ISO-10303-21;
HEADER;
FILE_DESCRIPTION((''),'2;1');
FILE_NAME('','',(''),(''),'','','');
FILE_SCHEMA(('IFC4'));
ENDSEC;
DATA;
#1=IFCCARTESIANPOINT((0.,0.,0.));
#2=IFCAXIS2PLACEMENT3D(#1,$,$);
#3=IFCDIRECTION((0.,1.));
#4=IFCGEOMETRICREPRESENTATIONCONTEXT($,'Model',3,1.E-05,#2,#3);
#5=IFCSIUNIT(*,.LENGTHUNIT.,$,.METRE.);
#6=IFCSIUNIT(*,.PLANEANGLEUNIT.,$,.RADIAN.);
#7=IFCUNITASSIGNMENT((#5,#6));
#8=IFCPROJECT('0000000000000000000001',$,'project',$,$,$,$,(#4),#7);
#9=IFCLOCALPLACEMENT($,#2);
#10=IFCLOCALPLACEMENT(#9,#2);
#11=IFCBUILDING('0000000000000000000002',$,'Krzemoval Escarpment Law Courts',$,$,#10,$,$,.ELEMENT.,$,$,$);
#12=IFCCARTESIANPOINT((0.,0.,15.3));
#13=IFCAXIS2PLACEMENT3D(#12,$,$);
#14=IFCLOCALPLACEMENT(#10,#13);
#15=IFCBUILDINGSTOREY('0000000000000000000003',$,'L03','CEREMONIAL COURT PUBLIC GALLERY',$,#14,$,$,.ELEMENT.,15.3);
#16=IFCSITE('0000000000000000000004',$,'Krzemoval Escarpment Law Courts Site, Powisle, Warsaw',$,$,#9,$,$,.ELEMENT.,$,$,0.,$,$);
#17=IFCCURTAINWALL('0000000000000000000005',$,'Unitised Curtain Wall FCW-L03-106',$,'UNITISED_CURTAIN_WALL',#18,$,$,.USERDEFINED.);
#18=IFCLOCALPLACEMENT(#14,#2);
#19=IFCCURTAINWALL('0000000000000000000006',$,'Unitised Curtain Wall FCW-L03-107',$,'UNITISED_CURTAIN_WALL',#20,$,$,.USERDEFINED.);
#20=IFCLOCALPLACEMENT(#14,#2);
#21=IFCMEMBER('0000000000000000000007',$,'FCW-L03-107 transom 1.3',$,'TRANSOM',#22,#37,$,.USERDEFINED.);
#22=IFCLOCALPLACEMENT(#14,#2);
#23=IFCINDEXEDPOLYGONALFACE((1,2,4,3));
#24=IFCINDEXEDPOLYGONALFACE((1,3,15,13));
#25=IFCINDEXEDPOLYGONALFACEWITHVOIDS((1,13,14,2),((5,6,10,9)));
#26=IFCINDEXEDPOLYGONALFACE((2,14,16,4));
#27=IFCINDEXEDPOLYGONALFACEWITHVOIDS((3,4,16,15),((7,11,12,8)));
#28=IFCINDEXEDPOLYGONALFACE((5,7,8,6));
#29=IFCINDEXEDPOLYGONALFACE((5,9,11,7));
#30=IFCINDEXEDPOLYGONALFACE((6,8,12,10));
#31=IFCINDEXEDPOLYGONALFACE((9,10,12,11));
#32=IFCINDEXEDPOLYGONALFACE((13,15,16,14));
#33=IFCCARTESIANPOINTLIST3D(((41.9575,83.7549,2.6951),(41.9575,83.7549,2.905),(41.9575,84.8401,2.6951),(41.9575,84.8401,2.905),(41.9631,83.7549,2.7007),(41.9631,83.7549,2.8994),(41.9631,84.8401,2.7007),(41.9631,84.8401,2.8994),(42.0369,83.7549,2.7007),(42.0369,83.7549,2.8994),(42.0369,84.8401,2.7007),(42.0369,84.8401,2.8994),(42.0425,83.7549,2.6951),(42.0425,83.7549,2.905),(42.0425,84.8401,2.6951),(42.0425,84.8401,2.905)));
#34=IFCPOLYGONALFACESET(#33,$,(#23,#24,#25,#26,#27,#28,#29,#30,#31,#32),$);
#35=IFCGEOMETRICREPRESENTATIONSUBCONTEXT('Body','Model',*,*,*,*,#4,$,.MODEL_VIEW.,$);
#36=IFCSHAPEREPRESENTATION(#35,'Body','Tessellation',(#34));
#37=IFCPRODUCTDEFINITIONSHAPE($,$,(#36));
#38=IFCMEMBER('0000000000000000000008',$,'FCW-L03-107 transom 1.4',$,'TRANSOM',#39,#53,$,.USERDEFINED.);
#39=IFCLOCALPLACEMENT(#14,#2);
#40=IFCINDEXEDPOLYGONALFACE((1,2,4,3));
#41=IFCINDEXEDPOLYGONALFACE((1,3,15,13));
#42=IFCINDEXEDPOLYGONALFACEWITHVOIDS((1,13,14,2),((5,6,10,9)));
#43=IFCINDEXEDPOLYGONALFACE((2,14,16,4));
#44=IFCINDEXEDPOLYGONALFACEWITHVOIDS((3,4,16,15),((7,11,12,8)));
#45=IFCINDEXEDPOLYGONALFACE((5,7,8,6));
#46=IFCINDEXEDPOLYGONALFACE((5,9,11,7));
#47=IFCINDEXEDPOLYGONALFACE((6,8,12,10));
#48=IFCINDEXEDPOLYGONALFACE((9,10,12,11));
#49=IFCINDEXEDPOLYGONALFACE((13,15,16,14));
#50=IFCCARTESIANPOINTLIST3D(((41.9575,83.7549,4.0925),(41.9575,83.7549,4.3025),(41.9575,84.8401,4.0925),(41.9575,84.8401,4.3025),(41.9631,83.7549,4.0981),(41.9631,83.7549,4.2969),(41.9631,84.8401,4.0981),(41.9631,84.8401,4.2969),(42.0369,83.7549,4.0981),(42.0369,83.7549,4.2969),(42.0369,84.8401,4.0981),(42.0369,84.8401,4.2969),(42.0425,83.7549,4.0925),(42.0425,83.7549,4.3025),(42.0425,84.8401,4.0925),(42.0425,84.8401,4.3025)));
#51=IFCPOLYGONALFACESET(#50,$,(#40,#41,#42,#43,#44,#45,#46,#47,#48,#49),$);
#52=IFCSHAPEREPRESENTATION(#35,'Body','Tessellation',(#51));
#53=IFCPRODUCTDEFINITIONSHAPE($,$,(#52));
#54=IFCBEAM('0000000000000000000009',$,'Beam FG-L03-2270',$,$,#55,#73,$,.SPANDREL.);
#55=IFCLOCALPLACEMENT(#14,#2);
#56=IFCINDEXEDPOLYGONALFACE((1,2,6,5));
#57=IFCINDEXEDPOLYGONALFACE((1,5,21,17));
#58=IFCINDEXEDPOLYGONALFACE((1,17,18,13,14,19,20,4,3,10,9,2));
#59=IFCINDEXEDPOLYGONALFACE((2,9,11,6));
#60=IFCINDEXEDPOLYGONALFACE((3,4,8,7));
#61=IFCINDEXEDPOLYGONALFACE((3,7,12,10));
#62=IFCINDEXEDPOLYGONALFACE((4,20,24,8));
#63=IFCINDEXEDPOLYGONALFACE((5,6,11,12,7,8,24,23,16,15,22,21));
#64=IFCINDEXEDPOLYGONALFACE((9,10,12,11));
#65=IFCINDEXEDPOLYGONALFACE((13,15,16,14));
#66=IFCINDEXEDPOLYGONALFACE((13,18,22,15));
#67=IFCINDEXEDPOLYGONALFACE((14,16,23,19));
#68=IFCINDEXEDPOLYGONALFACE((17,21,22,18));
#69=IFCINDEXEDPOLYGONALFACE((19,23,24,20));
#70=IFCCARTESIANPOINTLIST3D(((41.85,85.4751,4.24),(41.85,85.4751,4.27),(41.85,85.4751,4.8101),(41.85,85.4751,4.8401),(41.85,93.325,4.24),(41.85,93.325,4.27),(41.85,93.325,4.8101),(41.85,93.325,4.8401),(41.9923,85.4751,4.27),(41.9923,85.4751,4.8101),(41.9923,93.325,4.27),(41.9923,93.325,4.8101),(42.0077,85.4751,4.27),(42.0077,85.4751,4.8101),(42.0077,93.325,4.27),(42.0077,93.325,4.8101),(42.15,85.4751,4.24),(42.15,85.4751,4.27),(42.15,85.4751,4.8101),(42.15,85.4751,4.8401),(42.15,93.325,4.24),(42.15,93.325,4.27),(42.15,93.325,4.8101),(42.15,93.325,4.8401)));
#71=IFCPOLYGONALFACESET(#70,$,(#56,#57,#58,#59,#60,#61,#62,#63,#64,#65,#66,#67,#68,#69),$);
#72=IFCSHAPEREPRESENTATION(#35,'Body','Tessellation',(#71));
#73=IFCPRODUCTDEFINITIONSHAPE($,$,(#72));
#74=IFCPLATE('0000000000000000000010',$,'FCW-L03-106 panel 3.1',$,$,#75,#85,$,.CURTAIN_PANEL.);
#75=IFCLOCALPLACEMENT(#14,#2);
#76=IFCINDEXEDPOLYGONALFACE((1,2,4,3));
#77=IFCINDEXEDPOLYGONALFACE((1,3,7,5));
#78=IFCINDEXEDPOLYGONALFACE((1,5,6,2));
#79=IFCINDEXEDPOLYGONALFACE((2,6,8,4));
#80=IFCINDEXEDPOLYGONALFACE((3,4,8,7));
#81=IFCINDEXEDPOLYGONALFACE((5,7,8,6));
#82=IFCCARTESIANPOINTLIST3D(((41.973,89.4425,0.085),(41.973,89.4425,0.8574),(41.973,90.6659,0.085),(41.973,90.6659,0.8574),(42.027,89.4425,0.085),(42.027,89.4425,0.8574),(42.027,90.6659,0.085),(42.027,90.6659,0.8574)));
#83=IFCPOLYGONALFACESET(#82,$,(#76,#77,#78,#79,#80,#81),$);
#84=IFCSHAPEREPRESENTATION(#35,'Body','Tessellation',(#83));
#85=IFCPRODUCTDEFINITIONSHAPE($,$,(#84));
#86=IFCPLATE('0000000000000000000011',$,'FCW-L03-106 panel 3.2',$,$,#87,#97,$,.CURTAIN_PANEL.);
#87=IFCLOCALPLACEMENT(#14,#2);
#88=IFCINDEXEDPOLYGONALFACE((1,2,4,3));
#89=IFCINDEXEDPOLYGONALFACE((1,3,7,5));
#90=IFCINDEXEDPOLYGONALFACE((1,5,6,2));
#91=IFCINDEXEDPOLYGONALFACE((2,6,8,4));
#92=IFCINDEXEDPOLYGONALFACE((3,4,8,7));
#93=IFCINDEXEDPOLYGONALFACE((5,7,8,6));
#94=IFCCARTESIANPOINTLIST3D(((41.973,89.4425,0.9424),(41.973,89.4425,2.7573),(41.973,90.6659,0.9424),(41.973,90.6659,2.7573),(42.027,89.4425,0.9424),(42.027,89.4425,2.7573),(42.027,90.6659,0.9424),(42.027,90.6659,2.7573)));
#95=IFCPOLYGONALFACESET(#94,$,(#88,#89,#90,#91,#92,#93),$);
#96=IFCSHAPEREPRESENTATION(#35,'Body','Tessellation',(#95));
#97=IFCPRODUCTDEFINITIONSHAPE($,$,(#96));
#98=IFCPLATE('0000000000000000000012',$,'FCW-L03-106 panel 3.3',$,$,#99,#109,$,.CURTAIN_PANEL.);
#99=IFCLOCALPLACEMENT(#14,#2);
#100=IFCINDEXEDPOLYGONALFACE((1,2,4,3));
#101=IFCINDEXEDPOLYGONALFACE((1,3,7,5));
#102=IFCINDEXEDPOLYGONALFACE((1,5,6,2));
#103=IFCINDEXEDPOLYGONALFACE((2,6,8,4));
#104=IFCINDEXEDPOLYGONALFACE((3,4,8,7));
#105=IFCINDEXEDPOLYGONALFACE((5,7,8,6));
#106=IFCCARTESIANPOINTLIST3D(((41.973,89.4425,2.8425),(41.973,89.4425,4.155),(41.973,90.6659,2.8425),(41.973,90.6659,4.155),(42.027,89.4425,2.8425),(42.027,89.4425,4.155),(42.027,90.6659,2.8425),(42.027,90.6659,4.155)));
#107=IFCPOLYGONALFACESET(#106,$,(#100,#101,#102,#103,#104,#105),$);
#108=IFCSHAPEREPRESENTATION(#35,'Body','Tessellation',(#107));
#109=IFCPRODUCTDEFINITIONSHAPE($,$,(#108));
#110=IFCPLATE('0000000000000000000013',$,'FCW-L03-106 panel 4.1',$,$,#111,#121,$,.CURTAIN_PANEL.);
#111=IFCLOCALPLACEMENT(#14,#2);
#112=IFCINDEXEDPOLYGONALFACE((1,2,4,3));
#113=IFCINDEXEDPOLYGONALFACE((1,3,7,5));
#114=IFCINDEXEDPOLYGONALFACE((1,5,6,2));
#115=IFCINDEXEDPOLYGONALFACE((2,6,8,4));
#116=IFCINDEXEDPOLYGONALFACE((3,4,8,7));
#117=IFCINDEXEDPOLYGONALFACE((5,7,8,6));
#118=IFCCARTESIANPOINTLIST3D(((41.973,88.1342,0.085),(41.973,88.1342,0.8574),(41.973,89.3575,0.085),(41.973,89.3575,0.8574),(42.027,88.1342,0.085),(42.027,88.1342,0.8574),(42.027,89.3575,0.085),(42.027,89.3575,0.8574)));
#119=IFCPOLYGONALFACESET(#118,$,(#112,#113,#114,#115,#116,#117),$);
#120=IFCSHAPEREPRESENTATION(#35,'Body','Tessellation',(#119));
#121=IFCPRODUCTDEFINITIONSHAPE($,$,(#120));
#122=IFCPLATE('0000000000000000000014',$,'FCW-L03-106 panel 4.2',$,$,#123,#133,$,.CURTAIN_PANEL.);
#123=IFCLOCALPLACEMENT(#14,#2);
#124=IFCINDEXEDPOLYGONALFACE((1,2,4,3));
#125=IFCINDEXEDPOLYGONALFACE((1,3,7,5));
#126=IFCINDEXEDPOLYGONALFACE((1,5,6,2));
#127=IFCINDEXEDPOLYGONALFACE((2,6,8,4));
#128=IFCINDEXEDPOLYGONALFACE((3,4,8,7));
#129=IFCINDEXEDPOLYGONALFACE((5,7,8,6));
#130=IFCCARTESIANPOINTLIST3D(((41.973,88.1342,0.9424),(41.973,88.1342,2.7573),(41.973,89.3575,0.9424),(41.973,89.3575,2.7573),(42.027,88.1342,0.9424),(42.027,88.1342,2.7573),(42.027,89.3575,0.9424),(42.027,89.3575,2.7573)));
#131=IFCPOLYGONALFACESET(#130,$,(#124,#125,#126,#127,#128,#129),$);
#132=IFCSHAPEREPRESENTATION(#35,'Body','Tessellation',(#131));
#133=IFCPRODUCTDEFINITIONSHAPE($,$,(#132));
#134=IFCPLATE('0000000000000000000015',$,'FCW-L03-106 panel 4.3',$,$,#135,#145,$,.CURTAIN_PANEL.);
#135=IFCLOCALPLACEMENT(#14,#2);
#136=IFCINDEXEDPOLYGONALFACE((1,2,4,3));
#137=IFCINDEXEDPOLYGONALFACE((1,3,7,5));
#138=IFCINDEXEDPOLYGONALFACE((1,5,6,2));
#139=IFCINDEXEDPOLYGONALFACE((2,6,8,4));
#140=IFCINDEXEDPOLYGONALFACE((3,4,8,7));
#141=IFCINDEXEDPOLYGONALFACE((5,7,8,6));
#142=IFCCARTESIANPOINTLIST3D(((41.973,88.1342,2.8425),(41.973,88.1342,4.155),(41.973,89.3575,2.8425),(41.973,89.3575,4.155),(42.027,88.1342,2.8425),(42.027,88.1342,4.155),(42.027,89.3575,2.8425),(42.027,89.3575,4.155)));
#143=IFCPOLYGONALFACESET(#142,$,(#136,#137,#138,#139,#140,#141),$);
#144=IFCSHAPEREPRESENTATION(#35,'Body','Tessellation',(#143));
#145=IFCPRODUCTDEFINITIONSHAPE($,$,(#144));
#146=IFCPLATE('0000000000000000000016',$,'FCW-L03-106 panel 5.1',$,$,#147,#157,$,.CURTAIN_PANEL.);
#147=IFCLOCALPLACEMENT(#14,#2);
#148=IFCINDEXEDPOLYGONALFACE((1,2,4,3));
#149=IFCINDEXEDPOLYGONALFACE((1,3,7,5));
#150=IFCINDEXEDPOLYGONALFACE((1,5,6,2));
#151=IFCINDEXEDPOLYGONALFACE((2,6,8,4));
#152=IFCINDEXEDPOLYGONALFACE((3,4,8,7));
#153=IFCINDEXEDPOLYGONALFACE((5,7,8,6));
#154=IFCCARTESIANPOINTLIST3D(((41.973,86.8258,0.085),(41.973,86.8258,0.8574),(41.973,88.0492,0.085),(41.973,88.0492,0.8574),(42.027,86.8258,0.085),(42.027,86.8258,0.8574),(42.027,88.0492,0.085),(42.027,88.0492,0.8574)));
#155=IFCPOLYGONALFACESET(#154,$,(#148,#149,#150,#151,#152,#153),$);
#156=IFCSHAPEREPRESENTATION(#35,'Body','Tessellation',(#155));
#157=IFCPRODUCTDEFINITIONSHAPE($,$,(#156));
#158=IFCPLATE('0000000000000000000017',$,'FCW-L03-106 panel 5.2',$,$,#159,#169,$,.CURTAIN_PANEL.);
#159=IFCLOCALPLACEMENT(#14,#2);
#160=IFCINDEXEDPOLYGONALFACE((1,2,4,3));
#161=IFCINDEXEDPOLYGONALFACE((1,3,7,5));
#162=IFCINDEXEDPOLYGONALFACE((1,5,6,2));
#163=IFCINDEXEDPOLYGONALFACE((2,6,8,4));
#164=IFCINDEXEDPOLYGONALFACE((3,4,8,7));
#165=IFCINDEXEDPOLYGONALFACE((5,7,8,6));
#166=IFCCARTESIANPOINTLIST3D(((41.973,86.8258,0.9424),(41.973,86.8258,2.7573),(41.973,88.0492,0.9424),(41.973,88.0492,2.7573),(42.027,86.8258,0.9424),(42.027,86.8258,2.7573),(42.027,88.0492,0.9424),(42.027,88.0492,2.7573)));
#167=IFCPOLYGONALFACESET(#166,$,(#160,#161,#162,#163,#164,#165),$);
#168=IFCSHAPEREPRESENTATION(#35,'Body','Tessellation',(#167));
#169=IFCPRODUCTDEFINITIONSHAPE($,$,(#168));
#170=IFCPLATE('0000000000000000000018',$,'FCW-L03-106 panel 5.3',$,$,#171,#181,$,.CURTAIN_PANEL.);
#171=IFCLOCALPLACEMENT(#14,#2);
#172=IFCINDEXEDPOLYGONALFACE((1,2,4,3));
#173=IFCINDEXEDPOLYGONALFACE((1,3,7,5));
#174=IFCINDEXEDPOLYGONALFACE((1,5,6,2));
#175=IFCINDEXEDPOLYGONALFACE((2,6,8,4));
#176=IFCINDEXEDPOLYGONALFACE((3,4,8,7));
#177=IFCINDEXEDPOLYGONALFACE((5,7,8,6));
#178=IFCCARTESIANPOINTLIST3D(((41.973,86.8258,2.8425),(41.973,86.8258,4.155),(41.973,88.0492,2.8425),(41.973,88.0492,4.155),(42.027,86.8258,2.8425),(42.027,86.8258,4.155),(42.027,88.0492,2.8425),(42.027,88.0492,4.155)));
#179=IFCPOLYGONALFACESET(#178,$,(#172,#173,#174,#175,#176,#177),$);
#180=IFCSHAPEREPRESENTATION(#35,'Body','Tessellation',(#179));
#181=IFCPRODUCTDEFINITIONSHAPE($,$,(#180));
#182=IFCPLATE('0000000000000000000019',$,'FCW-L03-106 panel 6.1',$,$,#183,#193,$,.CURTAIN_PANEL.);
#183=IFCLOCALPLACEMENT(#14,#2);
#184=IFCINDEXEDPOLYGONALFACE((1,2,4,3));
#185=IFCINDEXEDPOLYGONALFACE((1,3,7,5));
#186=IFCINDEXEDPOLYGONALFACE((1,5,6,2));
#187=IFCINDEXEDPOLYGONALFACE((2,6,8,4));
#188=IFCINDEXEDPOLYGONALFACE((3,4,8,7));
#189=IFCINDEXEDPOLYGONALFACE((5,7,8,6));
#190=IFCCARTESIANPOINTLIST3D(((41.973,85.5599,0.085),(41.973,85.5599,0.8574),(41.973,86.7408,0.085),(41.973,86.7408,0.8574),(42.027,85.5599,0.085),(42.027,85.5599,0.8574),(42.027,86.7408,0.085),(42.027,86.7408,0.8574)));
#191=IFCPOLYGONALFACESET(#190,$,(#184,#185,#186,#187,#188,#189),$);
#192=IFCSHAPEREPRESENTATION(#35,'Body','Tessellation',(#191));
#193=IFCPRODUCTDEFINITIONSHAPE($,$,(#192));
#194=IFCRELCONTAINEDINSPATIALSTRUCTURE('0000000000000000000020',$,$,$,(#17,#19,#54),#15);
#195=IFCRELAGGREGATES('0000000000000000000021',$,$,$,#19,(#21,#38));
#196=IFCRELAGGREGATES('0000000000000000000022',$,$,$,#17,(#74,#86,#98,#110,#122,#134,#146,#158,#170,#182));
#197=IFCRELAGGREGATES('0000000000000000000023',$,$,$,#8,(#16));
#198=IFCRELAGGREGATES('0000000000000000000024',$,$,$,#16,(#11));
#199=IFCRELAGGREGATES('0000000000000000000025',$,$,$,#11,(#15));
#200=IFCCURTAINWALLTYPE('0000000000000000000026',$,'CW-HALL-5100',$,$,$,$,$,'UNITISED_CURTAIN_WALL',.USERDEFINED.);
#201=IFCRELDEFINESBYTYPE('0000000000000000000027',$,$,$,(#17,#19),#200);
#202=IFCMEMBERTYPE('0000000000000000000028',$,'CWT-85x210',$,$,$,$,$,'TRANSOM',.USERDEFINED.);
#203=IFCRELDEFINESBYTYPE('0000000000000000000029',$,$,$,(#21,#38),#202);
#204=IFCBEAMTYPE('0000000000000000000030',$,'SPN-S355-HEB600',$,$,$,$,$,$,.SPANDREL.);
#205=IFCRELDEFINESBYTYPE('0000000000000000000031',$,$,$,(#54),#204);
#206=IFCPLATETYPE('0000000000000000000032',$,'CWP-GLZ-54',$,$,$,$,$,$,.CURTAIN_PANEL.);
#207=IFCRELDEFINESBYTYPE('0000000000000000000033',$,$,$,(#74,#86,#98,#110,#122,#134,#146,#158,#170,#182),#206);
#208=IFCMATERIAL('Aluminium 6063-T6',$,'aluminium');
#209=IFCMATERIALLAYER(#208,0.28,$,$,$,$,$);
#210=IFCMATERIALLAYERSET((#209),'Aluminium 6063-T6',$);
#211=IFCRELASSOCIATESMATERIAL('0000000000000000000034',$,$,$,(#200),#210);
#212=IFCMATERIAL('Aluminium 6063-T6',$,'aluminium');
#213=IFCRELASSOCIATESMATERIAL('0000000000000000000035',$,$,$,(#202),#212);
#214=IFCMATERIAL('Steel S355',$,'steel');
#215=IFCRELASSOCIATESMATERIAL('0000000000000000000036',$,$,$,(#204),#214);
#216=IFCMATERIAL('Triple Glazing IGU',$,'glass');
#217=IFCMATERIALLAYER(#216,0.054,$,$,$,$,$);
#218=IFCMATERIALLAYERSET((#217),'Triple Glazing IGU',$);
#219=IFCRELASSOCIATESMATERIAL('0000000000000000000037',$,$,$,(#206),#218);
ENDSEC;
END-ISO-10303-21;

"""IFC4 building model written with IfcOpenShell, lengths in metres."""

from ifc_helpers import new_model, si_unit, direction, frame, origin, origin_2d, place, context, subcontext, project, spatial, rectangle, hollow_rectangle, i_section, extrude, material, layer, layer_set, material_profile, profile_set, type_object, element, aggregate, save


model = new_model("IFC4")

# Units and contexts
model_context = context("Model", 3, precision=1e-05, world=origin(), true_north=direction((0.0, 1.0)))
body_context = subcontext(model_context, "Body", "Model", "MODEL_VIEW")
ifc_project = project(units=[si_unit("LENGTHUNIT", "METRE"), si_unit("PLANEANGLEUNIT", "RADIAN")], contexts=[model_context])

# Site, building, storey
site_placement = place(None, origin())
site = spatial("IfcSite", under=ifc_project, at=site_placement, Name="Krzemoval Escarpment Law Courts Site, Powisle, Warsaw", CompositionType="ELEMENT", RefElevation=0.0)
building_placement = place(site_placement, origin())
building = spatial("IfcBuilding", under=site, at=building_placement, Name="Krzemoval Escarpment Law Courts", CompositionType="ELEMENT")
storey_placement = place(building_placement, frame((0.0, 0.0, 15.3)))
storey = spatial("IfcBuildingStorey", under=building, at=storey_placement, Name="L03", Description="CEREMONIAL COURT PUBLIC GALLERY", CompositionType="ELEMENT", Elevation=15.3)

# Curtain wall
ifc_material_1 = material(Name="Aluminium 6063-T6", Category="aluminium")
ifc_layer_1 = layer(ifc_material_1, 0.28)
ifc_layer_set_1 = layer_set([ifc_layer_1], Name="Aluminium 6063-T6")
curtain_wall_type = type_object("IfcCurtainWallType", Name="CW-HALL-5100", ElementType="UNITISED_CURTAIN_WALL", PredefinedType="USERDEFINED", material=ifc_layer_set_1)
curtain_wall_1_placement = place(storey_placement, origin())
curtain_wall_1 = element("IfcCurtainWall", 1, at=curtain_wall_1_placement, inside=storey, type_object=curtain_wall_type, Name="Unitised Curtain Wall FCW-L03-106", ObjectType="UNITISED_CURTAIN_WALL", PredefinedType="USERDEFINED")

# Curtain wall
curtain_wall_2_placement = place(storey_placement, origin())
curtain_wall_2 = element("IfcCurtainWall", 2, at=curtain_wall_2_placement, inside=storey, type_object=curtain_wall_type, Name="Unitised Curtain Wall FCW-L03-107", ObjectType="UNITISED_CURTAIN_WALL", PredefinedType="USERDEFINED")

# Members
ifc_material_2 = material(Name="Aluminium 6063-T6", Category="aluminium")
ifc_material_profile_1 = material_profile(ifc_material_2, hollow_rectangle(XDim=0.085, YDim=0.21, WallThickness=0.0056, at=origin_2d()), Name="ALU T85x210")
ifc_profile_set_1 = profile_set([ifc_material_profile_1], Name="Aluminium 6063-T6")
member_type_1 = type_object("IfcMemberType", Name="CWT-85x210", ElementType="TRANSOM", PredefinedType="USERDEFINED", material=ifc_profile_set_1)
member_1_placement = place(storey_placement, frame((42.0, 84.8401, 2.8), z_axis=(0.0, -1.0, 0.0), x_axis=(1.0, 0.0, 0.0)))
member_1 = element("IfcMember", 3, at=member_1_placement, type_object=member_type_1, Name="FCW-L03-107 transom 1.3", ObjectType="TRANSOM", PredefinedType="USERDEFINED", context=body_context, shape_type="SweptSolid", body=[
    extrude(hollow_rectangle(XDim=0.085, YDim=0.21, WallThickness=0.0056, at=origin_2d()), origin(), (0.0, 0.0, 1.0), 1.0852),
])
member_2_placement = place(storey_placement, frame((42.0, 84.8401, 4.1975), z_axis=(0.0, -1.0, 0.0), x_axis=(1.0, 0.0, 0.0)))
member_2 = element("IfcMember", 4, at=member_2_placement, type_object=member_type_1, Name="FCW-L03-107 transom 1.4", ObjectType="TRANSOM", PredefinedType="USERDEFINED", context=body_context, shape_type="SweptSolid", body=[
    extrude(hollow_rectangle(XDim=0.085, YDim=0.21, WallThickness=0.0056, at=origin_2d()), origin(), (0.0, 0.0, 1.0), 1.0852),
])
aggregate(curtain_wall_2, [member_1, member_2])

# Beam
ifc_material_3 = material(Name="Steel S355", Category="steel")
ifc_material_profile_2 = material_profile(ifc_material_3, i_section(OverallWidth=0.3, OverallDepth=0.6001, WebThickness=0.0154, FlangeThickness=0.03, at=origin_2d()), Name="HEB 600")
ifc_profile_set_2 = profile_set([ifc_material_profile_2], Name="Steel S355")
beam_type = type_object("IfcBeamType", Name="SPN-S355-HEB600", PredefinedType="SPANDREL", material=ifc_profile_set_2)
beam_placement = place(storey_placement, frame((42.0, 85.4751, 4.54), z_axis=(0.0, 1.0, 0.0), x_axis=(-1.0, 0.0, 0.0)))
element("IfcBeam", 5, at=beam_placement, inside=storey, type_object=beam_type, Name="Beam FG-L03-2270", PredefinedType="SPANDREL", context=body_context, shape_type="SweptSolid", body=[
    extrude(i_section(OverallWidth=0.3, OverallDepth=0.6001, WebThickness=0.0154, FlangeThickness=0.03, at=origin_2d()), origin(), (0.0, 0.0, 1.0), 7.8499),
])

# Plates
ifc_material_4 = material(Name="Triple Glazing IGU", Category="glass")
ifc_layer_2 = layer(ifc_material_4, 0.054)
ifc_layer_set_2 = layer_set([ifc_layer_2], Name="Triple Glazing IGU")
plate_type = type_object("IfcPlateType", Name="CWP-GLZ-54", PredefinedType="CURTAIN_PANEL", material=ifc_layer_set_2)
plate_1_placement = place(storey_placement, frame((42.0, 90.0542, 0.085), z_axis=(0.0, 0.0, 1.0), x_axis=(0.0, -1.0, 0.0)))
plate_1 = element("IfcPlate", 6, at=plate_1_placement, type_object=plate_type, Name="FCW-L03-106 panel 3.1", PredefinedType="CURTAIN_PANEL", context=body_context, shape_type="SweptSolid", body=[
    extrude(rectangle(XDim=1.2234, YDim=0.054, at=origin_2d()), origin(), (0.0, 0.0, 1.0), 0.7725),
])
plate_2_placement = place(storey_placement, frame((42.0, 90.0542, 0.9424), z_axis=(0.0, 0.0, 1.0), x_axis=(0.0, -1.0, 0.0)))
plate_2 = element("IfcPlate", 7, at=plate_2_placement, type_object=plate_type, Name="FCW-L03-106 panel 3.2", PredefinedType="CURTAIN_PANEL", context=body_context, shape_type="SweptSolid", body=[
    extrude(rectangle(XDim=1.2234, YDim=0.054, at=origin_2d()), origin(), (0.0, 0.0, 1.0), 1.8149),
])
plate_3_placement = place(storey_placement, frame((42.0, 90.0542, 2.8425), z_axis=(0.0, 0.0, 1.0), x_axis=(0.0, -1.0, 0.0)))
plate_3 = element("IfcPlate", 8, at=plate_3_placement, type_object=plate_type, Name="FCW-L03-106 panel 3.3", PredefinedType="CURTAIN_PANEL", context=body_context, shape_type="SweptSolid", body=[
    extrude(rectangle(XDim=1.2234, YDim=0.054, at=origin_2d()), origin(), (0.0, 0.0, 1.0), 1.3125),
])
plate_4_placement = place(storey_placement, frame((42.0, 88.7458, 0.085), z_axis=(0.0, 0.0, 1.0), x_axis=(0.0, -1.0, 0.0)))
plate_4 = element("IfcPlate", 9, at=plate_4_placement, type_object=plate_type, Name="FCW-L03-106 panel 4.1", PredefinedType="CURTAIN_PANEL", context=body_context, shape_type="SweptSolid", body=[
    extrude(rectangle(XDim=1.2234, YDim=0.054, at=origin_2d()), origin(), (0.0, 0.0, 1.0), 0.7725),
])
plate_5_placement = place(storey_placement, frame((42.0, 88.7458, 0.9424), z_axis=(0.0, 0.0, 1.0), x_axis=(0.0, -1.0, 0.0)))
plate_5 = element("IfcPlate", 10, at=plate_5_placement, type_object=plate_type, Name="FCW-L03-106 panel 4.2", PredefinedType="CURTAIN_PANEL", context=body_context, shape_type="SweptSolid", body=[
    extrude(rectangle(XDim=1.2234, YDim=0.054, at=origin_2d()), origin(), (0.0, 0.0, 1.0), 1.8149),
])
plate_6_placement = place(storey_placement, frame((42.0, 88.7458, 2.8425), z_axis=(0.0, 0.0, 1.0), x_axis=(0.0, -1.0, 0.0)))
plate_6 = element("IfcPlate", 11, at=plate_6_placement, type_object=plate_type, Name="FCW-L03-106 panel 4.3", PredefinedType="CURTAIN_PANEL", context=body_context, shape_type="SweptSolid", body=[
    extrude(rectangle(XDim=1.2234, YDim=0.054, at=origin_2d()), origin(), (0.0, 0.0, 1.0), 1.3125),
])
plate_7_placement = place(storey_placement, frame((42.0, 87.4375, 0.085), z_axis=(0.0, 0.0, 1.0), x_axis=(0.0, -1.0, 0.0)))
plate_7 = element("IfcPlate", 12, at=plate_7_placement, type_object=plate_type, Name="FCW-L03-106 panel 5.1", PredefinedType="CURTAIN_PANEL", context=body_context, shape_type="SweptSolid", body=[
    extrude(rectangle(XDim=1.2234, YDim=0.054, at=origin_2d()), origin(), (0.0, 0.0, 1.0), 0.7725),
])
plate_8_placement = place(storey_placement, frame((42.0, 87.4375, 0.9424), z_axis=(0.0, 0.0, 1.0), x_axis=(0.0, -1.0, 0.0)))
plate_8 = element("IfcPlate", 13, at=plate_8_placement, type_object=plate_type, Name="FCW-L03-106 panel 5.2", PredefinedType="CURTAIN_PANEL", context=body_context, shape_type="SweptSolid", body=[
    extrude(rectangle(XDim=1.2234, YDim=0.054, at=origin_2d()), origin(), (0.0, 0.0, 1.0), 1.8149),
])
plate_9_placement = place(storey_placement, frame((42.0, 87.4375, 2.8425), z_axis=(0.0, 0.0, 1.0), x_axis=(0.0, -1.0, 0.0)))
plate_9 = element("IfcPlate", 14, at=plate_9_placement, type_object=plate_type, Name="FCW-L03-106 panel 5.3", PredefinedType="CURTAIN_PANEL", context=body_context, shape_type="SweptSolid", body=[
    extrude(rectangle(XDim=1.2234, YDim=0.054, at=origin_2d()), origin(), (0.0, 0.0, 1.0), 1.3125),
])
plate_10_placement = place(storey_placement, frame((42.0, 86.1504, 0.085), z_axis=(0.0, 0.0, 1.0), x_axis=(0.0, -1.0, 0.0)))
plate_10 = element("IfcPlate", 15, at=plate_10_placement, type_object=plate_type, Name="FCW-L03-106 panel 6.1", PredefinedType="CURTAIN_PANEL", context=body_context, shape_type="SweptSolid", body=[
    extrude(rectangle(XDim=1.1809, YDim=0.054, at=origin_2d()), origin(), (0.0, 0.0, 1.0), 0.7725),
])
aggregate(curtain_wall_1, [plate_1, plate_2, plate_3, plate_4, plate_5, plate_6, plate_7, plate_8, plate_9, plate_10])

save(model, "model.ifc")
